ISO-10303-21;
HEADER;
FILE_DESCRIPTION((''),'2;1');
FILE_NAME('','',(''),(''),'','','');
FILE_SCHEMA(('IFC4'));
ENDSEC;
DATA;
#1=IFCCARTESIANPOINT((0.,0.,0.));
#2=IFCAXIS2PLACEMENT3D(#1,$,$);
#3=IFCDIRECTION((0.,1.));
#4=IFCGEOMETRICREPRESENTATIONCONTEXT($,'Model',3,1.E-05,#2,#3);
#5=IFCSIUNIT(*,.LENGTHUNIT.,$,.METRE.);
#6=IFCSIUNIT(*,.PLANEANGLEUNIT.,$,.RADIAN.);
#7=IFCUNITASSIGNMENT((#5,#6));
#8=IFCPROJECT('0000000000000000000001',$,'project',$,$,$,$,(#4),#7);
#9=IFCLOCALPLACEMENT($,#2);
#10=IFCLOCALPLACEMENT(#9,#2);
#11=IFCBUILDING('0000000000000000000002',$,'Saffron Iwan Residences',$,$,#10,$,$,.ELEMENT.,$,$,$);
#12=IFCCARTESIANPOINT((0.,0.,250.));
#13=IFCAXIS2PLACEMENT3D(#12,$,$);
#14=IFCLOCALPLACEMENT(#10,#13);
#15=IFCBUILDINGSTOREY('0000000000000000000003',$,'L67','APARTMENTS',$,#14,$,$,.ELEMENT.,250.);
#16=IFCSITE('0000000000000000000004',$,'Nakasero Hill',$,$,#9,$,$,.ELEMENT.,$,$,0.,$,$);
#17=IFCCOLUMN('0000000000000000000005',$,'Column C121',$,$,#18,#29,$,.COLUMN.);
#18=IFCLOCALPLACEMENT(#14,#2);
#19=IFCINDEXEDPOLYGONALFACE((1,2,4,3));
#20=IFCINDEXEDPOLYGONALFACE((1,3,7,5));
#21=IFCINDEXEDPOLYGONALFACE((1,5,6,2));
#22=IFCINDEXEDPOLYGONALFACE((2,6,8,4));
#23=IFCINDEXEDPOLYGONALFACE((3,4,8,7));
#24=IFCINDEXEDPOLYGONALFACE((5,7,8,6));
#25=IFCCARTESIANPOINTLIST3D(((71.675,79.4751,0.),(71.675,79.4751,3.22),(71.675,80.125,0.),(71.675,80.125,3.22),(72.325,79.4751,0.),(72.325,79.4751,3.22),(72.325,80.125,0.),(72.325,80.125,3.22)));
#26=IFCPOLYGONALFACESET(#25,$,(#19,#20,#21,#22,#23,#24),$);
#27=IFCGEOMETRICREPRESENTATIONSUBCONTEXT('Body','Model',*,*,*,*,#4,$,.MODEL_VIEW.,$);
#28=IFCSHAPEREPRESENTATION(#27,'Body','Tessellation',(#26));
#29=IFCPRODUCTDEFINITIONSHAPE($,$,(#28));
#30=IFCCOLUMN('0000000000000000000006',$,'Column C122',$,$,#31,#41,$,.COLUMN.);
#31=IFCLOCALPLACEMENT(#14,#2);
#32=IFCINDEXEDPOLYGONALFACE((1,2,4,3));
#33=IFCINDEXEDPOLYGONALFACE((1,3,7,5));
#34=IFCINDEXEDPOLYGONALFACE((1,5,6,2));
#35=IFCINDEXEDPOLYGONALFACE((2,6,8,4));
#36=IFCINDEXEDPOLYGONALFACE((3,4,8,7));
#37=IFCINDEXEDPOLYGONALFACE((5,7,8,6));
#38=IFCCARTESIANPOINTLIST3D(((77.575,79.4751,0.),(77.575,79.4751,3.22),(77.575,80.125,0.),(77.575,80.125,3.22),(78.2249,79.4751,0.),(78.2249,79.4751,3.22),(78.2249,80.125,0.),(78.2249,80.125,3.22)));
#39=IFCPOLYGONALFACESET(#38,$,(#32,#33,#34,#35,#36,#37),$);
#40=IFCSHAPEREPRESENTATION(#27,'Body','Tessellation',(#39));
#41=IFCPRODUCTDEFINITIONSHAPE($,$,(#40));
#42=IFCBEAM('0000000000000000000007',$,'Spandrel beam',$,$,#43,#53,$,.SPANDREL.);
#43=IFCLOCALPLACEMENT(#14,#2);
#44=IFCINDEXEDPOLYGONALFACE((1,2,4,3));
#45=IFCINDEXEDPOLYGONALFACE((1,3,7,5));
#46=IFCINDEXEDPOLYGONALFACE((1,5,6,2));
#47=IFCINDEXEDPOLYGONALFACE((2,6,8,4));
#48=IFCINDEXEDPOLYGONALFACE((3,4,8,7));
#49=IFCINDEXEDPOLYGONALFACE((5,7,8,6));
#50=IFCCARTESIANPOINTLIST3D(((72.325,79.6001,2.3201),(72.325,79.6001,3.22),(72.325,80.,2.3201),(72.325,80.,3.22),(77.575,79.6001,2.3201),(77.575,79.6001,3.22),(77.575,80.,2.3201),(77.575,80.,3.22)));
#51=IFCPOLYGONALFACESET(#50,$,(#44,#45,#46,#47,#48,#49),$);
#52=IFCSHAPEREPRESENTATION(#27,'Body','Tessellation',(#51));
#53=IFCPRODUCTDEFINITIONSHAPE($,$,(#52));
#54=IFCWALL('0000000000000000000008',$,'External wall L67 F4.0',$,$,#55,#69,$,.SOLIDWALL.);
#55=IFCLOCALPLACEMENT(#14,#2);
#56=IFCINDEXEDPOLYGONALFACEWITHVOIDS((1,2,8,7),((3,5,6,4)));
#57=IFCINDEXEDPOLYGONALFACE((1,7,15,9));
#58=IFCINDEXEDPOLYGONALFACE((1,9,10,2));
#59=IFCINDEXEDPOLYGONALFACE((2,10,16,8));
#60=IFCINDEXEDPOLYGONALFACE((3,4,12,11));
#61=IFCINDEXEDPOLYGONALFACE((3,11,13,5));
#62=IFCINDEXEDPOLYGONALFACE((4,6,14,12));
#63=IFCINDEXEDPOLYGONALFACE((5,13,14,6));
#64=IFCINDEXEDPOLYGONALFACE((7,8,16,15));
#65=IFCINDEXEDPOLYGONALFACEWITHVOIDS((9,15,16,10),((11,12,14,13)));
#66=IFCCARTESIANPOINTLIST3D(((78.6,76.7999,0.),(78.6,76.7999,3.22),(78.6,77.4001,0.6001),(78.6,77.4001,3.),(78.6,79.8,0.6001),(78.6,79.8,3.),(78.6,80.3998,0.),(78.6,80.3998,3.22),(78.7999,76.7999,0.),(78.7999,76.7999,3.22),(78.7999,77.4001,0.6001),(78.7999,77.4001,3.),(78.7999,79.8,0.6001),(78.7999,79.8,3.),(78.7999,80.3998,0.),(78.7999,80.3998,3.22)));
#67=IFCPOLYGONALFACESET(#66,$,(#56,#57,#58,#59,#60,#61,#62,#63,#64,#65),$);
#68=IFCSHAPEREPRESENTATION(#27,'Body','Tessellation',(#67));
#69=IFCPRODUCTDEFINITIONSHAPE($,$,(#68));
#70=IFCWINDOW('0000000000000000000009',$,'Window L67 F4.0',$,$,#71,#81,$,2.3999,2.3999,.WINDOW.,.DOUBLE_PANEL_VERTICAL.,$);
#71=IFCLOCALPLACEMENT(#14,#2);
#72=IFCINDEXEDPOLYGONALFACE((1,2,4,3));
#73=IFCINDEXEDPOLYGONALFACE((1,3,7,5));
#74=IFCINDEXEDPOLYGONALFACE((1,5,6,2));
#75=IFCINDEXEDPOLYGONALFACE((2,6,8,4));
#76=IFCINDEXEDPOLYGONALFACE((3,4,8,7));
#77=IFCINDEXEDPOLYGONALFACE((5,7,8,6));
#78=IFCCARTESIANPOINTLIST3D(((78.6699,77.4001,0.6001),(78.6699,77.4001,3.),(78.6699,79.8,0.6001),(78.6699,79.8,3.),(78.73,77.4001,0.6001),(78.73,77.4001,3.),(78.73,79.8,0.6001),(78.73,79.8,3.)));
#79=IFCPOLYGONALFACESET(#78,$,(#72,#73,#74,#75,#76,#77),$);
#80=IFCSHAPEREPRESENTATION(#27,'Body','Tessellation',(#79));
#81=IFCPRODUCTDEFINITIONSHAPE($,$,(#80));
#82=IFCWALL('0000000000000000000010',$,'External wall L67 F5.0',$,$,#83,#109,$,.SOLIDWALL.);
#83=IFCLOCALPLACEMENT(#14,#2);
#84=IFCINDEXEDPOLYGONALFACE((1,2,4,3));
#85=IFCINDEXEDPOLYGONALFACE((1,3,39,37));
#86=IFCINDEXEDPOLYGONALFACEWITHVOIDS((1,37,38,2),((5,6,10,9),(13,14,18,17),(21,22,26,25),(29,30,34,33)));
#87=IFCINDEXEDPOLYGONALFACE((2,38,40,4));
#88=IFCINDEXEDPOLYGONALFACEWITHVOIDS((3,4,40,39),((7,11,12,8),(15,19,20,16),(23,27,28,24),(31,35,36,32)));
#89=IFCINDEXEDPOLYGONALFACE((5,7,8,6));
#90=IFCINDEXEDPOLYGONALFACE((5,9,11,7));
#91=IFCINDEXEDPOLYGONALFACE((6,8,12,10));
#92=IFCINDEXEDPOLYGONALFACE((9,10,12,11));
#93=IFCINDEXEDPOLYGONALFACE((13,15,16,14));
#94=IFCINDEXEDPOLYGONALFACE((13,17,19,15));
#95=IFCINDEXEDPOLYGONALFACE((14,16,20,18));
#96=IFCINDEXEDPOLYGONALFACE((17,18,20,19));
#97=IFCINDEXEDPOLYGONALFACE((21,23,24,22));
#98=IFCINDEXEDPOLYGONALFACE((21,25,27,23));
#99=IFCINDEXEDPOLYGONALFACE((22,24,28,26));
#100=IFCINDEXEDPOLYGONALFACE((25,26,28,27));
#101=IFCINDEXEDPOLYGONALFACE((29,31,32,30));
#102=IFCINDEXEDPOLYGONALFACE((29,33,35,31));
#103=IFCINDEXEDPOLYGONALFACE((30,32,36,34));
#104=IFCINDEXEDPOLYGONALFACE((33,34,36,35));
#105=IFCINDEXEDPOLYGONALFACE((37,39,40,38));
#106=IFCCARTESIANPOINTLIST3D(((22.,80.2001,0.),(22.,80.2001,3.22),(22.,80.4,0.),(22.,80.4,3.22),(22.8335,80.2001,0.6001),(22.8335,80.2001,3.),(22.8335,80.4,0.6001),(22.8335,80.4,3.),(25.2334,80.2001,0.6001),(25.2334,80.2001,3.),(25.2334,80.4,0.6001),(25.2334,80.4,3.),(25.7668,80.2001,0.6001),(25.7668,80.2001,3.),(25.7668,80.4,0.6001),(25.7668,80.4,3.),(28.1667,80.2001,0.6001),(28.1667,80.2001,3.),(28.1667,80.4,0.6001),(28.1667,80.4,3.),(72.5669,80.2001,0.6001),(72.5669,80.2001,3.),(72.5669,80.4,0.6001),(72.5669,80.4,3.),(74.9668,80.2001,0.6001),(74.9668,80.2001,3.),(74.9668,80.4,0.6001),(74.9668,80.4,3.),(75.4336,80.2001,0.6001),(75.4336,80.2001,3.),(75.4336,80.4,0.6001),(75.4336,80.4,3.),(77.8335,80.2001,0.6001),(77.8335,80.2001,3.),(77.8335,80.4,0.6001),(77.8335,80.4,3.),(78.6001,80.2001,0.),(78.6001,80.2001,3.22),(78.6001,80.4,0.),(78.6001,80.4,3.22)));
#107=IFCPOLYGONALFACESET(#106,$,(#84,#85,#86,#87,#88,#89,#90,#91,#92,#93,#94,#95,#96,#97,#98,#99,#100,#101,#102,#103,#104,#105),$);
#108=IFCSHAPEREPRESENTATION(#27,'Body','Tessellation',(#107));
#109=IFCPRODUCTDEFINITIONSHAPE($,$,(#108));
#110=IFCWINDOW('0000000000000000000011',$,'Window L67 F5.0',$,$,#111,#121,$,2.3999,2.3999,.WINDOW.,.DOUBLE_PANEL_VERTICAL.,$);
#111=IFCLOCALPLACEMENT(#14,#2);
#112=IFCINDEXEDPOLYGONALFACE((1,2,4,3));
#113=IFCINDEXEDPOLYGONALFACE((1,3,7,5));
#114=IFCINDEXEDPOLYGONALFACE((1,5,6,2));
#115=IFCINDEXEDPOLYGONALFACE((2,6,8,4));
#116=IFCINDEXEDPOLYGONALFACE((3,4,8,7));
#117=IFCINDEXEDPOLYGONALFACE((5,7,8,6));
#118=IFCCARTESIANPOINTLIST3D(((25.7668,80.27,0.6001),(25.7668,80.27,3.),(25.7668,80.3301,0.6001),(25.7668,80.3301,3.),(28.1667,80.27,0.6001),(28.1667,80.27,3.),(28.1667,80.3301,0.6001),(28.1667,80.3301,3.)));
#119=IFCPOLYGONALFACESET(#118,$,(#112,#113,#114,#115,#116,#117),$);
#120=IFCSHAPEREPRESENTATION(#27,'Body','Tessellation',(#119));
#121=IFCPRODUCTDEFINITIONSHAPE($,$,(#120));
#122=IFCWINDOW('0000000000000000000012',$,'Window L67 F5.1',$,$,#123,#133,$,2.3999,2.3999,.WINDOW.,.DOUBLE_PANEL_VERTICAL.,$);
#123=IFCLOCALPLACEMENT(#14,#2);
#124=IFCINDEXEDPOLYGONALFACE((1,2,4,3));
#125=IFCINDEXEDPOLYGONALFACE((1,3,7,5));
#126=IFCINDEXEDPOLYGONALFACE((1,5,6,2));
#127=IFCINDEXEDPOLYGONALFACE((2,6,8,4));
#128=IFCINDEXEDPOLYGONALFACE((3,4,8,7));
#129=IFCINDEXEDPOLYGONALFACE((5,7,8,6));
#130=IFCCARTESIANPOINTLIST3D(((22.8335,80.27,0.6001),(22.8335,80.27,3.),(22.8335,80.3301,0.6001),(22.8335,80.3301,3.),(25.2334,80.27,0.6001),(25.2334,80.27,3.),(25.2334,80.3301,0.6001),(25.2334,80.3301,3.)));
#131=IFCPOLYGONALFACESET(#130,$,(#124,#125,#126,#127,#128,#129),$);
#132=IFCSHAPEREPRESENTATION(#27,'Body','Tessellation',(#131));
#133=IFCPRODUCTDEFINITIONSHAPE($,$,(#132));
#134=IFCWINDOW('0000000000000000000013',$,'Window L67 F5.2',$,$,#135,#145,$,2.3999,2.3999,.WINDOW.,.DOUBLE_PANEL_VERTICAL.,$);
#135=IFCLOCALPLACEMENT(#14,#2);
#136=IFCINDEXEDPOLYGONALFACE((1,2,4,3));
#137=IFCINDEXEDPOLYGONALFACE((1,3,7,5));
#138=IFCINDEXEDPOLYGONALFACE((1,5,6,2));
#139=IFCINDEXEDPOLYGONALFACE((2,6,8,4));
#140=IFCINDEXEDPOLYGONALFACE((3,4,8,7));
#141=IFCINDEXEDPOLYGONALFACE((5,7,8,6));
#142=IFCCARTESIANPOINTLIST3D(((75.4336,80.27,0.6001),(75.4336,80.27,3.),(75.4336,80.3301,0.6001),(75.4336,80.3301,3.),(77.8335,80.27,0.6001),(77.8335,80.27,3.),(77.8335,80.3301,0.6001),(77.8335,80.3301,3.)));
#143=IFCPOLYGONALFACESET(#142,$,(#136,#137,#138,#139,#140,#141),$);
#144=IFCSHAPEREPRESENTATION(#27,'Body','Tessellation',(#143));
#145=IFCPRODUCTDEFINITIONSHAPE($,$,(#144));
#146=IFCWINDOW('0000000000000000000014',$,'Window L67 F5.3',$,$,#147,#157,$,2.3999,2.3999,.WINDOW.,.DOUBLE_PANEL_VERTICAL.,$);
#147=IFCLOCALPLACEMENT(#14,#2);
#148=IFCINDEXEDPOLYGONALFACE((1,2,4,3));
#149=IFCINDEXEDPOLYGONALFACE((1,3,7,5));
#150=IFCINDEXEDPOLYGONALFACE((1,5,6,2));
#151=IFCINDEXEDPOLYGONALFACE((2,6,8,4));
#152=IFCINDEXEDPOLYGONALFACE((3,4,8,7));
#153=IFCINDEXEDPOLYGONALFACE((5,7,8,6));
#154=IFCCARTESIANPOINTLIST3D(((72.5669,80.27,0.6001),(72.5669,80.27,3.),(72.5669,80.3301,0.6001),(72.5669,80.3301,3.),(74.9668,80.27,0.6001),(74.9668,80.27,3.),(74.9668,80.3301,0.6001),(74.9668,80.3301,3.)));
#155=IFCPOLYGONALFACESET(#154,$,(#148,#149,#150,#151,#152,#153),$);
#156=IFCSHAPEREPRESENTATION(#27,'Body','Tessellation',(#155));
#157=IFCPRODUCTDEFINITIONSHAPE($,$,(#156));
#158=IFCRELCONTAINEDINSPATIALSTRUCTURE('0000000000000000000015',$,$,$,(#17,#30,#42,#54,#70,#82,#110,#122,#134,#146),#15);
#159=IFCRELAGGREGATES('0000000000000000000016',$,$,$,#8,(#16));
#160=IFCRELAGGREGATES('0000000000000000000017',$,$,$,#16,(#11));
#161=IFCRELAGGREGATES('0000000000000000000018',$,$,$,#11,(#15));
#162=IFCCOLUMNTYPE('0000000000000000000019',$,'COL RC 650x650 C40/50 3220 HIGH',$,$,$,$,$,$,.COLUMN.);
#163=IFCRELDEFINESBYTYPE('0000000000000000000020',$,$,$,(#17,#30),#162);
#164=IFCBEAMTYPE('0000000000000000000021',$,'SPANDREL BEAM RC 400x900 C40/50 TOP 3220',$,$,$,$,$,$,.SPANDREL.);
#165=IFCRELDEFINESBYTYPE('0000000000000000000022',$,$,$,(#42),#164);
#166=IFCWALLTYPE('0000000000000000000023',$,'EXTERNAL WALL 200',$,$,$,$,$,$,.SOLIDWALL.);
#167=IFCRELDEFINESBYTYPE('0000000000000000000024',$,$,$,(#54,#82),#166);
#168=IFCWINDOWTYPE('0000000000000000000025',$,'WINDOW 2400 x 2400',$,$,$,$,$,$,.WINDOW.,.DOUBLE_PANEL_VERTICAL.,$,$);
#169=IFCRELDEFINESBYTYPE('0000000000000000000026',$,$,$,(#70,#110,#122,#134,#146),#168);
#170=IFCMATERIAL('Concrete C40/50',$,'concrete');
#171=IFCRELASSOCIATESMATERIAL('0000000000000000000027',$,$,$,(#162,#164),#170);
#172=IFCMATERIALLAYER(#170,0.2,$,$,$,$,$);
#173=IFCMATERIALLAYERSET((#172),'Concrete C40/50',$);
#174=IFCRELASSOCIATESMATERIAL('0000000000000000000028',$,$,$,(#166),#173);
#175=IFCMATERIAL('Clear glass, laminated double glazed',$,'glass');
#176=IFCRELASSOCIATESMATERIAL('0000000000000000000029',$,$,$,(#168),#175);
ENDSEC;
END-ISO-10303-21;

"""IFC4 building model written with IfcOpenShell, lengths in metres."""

from ifc_helpers import new_model, si_unit, direction, frame, frame_2d, origin, origin_2d, place, context, subcontext, project, spatial, rectangle, extrude, source, transform, mapped, material, layer, layer_set, material_profile, profile_set, type_object, element, fill, save


model = new_model("IFC4")

# Units and contexts
model_context = context("Model", 3, precision=1e-05, world=origin(), true_north=direction((0.0, 1.0)))
body_context = subcontext(model_context, "Body", "Model", "MODEL_VIEW")
ifc_project = project(units=[si_unit("LENGTHUNIT", "METRE"), si_unit("PLANEANGLEUNIT", "RADIAN")], contexts=[model_context])

# Site, building, storey
site_placement = place(None, origin())
site = spatial("IfcSite", under=ifc_project, at=site_placement, Name="Nakasero Hill", CompositionType="ELEMENT", RefElevation=0.0)
building_placement = place(site_placement, origin())
building = spatial("IfcBuilding", under=site, at=building_placement, Name="Saffron Iwan Residences", CompositionType="ELEMENT")
storey_placement = place(building_placement, frame((0.0, 0.0, 250.0)))
storey = spatial("IfcBuildingStorey", under=building, at=storey_placement, Name="L67", Description="APARTMENTS", CompositionType="ELEMENT", Elevation=250.0)

# Columns
ifc_material_1 = material(Name="Concrete C40/50", Category="concrete")
ifc_material_profile_1 = material_profile(ifc_material_1, rectangle(XDim=0.6499, YDim=0.6499, at=origin_2d()), Name="RC 650x650")
ifc_profile_set_1 = profile_set([ifc_material_profile_1], Name="Concrete C40/50")
column_type = type_object("IfcColumnType", Name="COL RC 650x650 C40/50 3220 HIGH", PredefinedType="COLUMN", material=ifc_profile_set_1)
shared_shape_1 = source(origin(), body_context, "Body", "SweptSolid", [
    extrude(rectangle(XDim=0.6499, YDim=0.6499, at=origin_2d()), origin(), (0.0, 0.0, 1.0), 3.22),
])
for number, where, z_axis, x_axis, name in (
    (1, (72.0, 79.8, 0.0), (0.0, 0.0, 1.0), (1.0, 0.0, 0.0), "Column C121"),
    (2, (77.8999, 79.8, 0.0), (0.0, 0.0, 1.0), (1.0, 0.0, 0.0), "Column C122"),
):
    element("IfcColumn", number, at=place(storey_placement, frame(where, z_axis=z_axis, x_axis=x_axis)), inside=storey, type_object=column_type, Name=name, PredefinedType="COLUMN", context=body_context, shape_type="MappedRepresentation", body=[
        mapped(shared_shape_1, transform((0.0, 0.0, 0.0))),
    ])

# Beam
ifc_material_profile_2 = material_profile(ifc_material_1, rectangle(XDim=0.3999, YDim=0.8999, at=origin_2d()), Name="RC 400x900")
ifc_profile_set_2 = profile_set([ifc_material_profile_2], Name="Concrete C40/50")
beam_type = type_object("IfcBeamType", Name="SPANDREL BEAM RC 400x900 C40/50 TOP 3220", PredefinedType="SPANDREL", material=ifc_profile_set_2)
shared_shape_2 = source(origin(), body_context, "Body", "SweptSolid", [
    extrude(rectangle(XDim=0.3999, YDim=0.8999, at=origin_2d()), origin(), (0.0, 0.0, 1.0), 5.25),
])
beam_placement = place(storey_placement, frame((72.325, 79.8, 2.77), z_axis=(1.0, 0.0, 0.0), x_axis=(0.0, 1.0, 0.0)))
element("IfcBeam", 3, at=beam_placement, inside=storey, type_object=beam_type, Name="Spandrel beam", PredefinedType="SPANDREL", context=body_context, shape_type="MappedRepresentation", body=[
    mapped(shared_shape_2, transform((0.0, 0.0, 0.0))),
])

# Wall, opening, window
ifc_layer_1 = layer(ifc_material_1, 0.2)
ifc_layer_set_1 = layer_set([ifc_layer_1], Name="Concrete C40/50")
wall_type_1 = type_object("IfcWallType", Name="EXTERNAL WALL 200", PredefinedType="SOLIDWALL", material=ifc_layer_set_1)
wall_1_placement = place(storey_placement, frame((78.7, 76.8, 0.0), z_axis=(0.0, 0.0, 1.0), x_axis=(0.0, 1.0, 0.0)))
wall_1 = element("IfcWall", 4, at=wall_1_placement, inside=storey, type_object=wall_type_1, Name="External wall L67 F4.0", PredefinedType="SOLIDWALL", context=body_context, shape_type="SweptSolid", body=[
    extrude(rectangle(XDim=3.5999, YDim=0.2, at=frame_2d((1.7998, 0.0))), origin(), (0.0, 0.0, 1.0), 3.22),
])
opening_1_placement = place(wall_1_placement, frame((0.6001, 0.0, 0.6001)))
opening_1 = element("IfcOpeningElement", 5, at=opening_1_placement, cuts=wall_1, PredefinedType="OPENING", context=body_context, shape_type="SweptSolid", body=[
    extrude(rectangle(XDim=2.3999, YDim=2.3999, at=frame_2d((1.2, 1.2))), frame((0.0, 0.1099, 0.0), z_axis=(0.0, -1.0, 0.0), x_axis=(1.0, 0.0, 0.0)), (0.0, 0.0, 1.0), 0.22),
])
ifc_material_2 = material(Name="Clear glass, laminated double glazed", Category="glass")
window_type = type_object("IfcWindowType", Name="WINDOW 2400 x 2400", PartitioningType="DOUBLE_PANEL_VERTICAL", PredefinedType="WINDOW", material=ifc_material_2)
window_1_placement = place(opening_1_placement, origin())
window_1 = element("IfcWindow", 6, at=window_1_placement, inside=storey, type_object=window_type, Name="Window L67 F4.0", OverallHeight=2.3999, OverallWidth=2.3999, PartitioningType="DOUBLE_PANEL_VERTICAL", PredefinedType="WINDOW", context=body_context, shape_type="SweptSolid", body=[
    extrude(rectangle(XDim=2.3999, YDim=2.3999, at=frame_2d((1.2, 1.2))), frame((0.0, 0.03, 0.0), z_axis=(0.0, -1.0, 0.0), x_axis=(1.0, 0.0, 0.0)), (0.0, 0.0, 1.0), 0.0601),
])
fill(opening_1, window_1)

# Wall, openings, windows
wall_2_placement = place(storey_placement, frame((78.6001, 80.3, 0.0), z_axis=(0.0, 0.0, 1.0), x_axis=(-1.0, 0.0, 0.0)))
wall_2 = element("IfcWall", 7, at=wall_2_placement, inside=storey, type_object=wall_type_1, Name="External wall L67 F5.0", PredefinedType="SOLIDWALL", context=body_context, shape_type="SweptSolid", body=[
    extrude(rectangle(XDim=56.6001, YDim=0.2, at=frame_2d((28.3, 0.0))), origin(), (0.0, 0.0, 1.0), 3.22),
])
opening_2_placement = place(wall_2_placement, frame((50.4333, 0.0, 0.6001)))
opening_2 = element("IfcOpeningElement", 8, at=opening_2_placement, cuts=wall_2, PredefinedType="OPENING", context=body_context, shape_type="SweptSolid", body=[
    extrude(rectangle(XDim=2.3999, YDim=2.3999, at=frame_2d((1.2, 1.2))), frame((0.0, 0.1099, 0.0), z_axis=(0.0, -1.0, 0.0), x_axis=(1.0, 0.0, 0.0)), (0.0, 0.0, 1.0), 0.22),
])
opening_3_placement = place(wall_2_placement, frame((53.3667, 0.0, 0.6001)))
opening_3 = element("IfcOpeningElement", 9, at=opening_3_placement, cuts=wall_2, PredefinedType="OPENING", context=body_context, shape_type="SweptSolid", body=[
    extrude(rectangle(XDim=2.3999, YDim=2.3999, at=frame_2d((1.2, 1.2))), frame((0.0, 0.1099, 0.0), z_axis=(0.0, -1.0, 0.0), x_axis=(1.0, 0.0, 0.0)), (0.0, 0.0, 1.0), 0.22),
])
opening_4_placement = place(wall_2_placement, frame((0.7666, 0.0, 0.6001)))
opening_4 = element("IfcOpeningElement", 10, at=opening_4_placement, cuts=wall_2, PredefinedType="OPENING", context=body_context, shape_type="SweptSolid", body=[
    extrude(rectangle(XDim=2.3999, YDim=2.3999, at=frame_2d((1.2, 1.2))), frame((0.0, 0.1099, 0.0), z_axis=(0.0, -1.0, 0.0), x_axis=(1.0, 0.0, 0.0)), (0.0, 0.0, 1.0), 0.22),
])
opening_5_placement = place(wall_2_placement, frame((3.6333, 0.0, 0.6001)))
opening_5 = element("IfcOpeningElement", 11, at=opening_5_placement, cuts=wall_2, PredefinedType="OPENING", context=body_context, shape_type="SweptSolid", body=[
    extrude(rectangle(XDim=2.3999, YDim=2.3999, at=frame_2d((1.2, 1.2))), frame((0.0, 0.1099, 0.0), z_axis=(0.0, -1.0, 0.0), x_axis=(1.0, 0.0, 0.0)), (0.0, 0.0, 1.0), 0.22),
])
window_2_placement = place(opening_2_placement, origin())
window_2 = element("IfcWindow", 12, at=window_2_placement, inside=storey, type_object=window_type, Name="Window L67 F5.0", OverallHeight=2.3999, OverallWidth=2.3999, PartitioningType="DOUBLE_PANEL_VERTICAL", PredefinedType="WINDOW", context=body_context, shape_type="SweptSolid", body=[
    extrude(rectangle(XDim=2.3999, YDim=2.3999, at=frame_2d((1.2, 1.2))), frame((0.0, 0.03, 0.0), z_axis=(0.0, -1.0, 0.0), x_axis=(1.0, 0.0, 0.0)), (0.0, 0.0, 1.0), 0.0601),
])
fill(opening_2, window_2)
window_3_placement = place(opening_3_placement, origin())
window_3 = element("IfcWindow", 13, at=window_3_placement, inside=storey, type_object=window_type, Name="Window L67 F5.1", OverallHeight=2.3999, OverallWidth=2.3999, PartitioningType="DOUBLE_PANEL_VERTICAL", PredefinedType="WINDOW", context=body_context, shape_type="SweptSolid", body=[
    extrude(rectangle(XDim=2.3999, YDim=2.3999, at=frame_2d((1.2, 1.2))), frame((0.0, 0.03, 0.0), z_axis=(0.0, -1.0, 0.0), x_axis=(1.0, 0.0, 0.0)), (0.0, 0.0, 1.0), 0.0601),
])
fill(opening_3, window_3)
window_4_placement = place(opening_4_placement, origin())
window_4 = element("IfcWindow", 14, at=window_4_placement, inside=storey, type_object=window_type, Name="Window L67 F5.2", OverallHeight=2.3999, OverallWidth=2.3999, PartitioningType="DOUBLE_PANEL_VERTICAL", PredefinedType="WINDOW", context=body_context, shape_type="SweptSolid", body=[
    extrude(rectangle(XDim=2.3999, YDim=2.3999, at=frame_2d((1.2, 1.2))), frame((0.0, 0.03, 0.0), z_axis=(0.0, -1.0, 0.0), x_axis=(1.0, 0.0, 0.0)), (0.0, 0.0, 1.0), 0.0601),
])
fill(opening_4, window_4)
window_5_placement = place(opening_5_placement, origin())
window_5 = element("IfcWindow", 15, at=window_5_placement, inside=storey, type_object=window_type, Name="Window L67 F5.3", OverallHeight=2.3999, OverallWidth=2.3999, PartitioningType="DOUBLE_PANEL_VERTICAL", PredefinedType="WINDOW", context=body_context, shape_type="SweptSolid", body=[
    extrude(rectangle(XDim=2.3999, YDim=2.3999, at=frame_2d((1.2, 1.2))), frame((0.0, 0.03, 0.0), z_axis=(0.0, -1.0, 0.0), x_axis=(1.0, 0.0, 0.0)), (0.0, 0.0, 1.0), 0.0601),
])
fill(opening_5, window_5)

save(model, "model.ifc")
